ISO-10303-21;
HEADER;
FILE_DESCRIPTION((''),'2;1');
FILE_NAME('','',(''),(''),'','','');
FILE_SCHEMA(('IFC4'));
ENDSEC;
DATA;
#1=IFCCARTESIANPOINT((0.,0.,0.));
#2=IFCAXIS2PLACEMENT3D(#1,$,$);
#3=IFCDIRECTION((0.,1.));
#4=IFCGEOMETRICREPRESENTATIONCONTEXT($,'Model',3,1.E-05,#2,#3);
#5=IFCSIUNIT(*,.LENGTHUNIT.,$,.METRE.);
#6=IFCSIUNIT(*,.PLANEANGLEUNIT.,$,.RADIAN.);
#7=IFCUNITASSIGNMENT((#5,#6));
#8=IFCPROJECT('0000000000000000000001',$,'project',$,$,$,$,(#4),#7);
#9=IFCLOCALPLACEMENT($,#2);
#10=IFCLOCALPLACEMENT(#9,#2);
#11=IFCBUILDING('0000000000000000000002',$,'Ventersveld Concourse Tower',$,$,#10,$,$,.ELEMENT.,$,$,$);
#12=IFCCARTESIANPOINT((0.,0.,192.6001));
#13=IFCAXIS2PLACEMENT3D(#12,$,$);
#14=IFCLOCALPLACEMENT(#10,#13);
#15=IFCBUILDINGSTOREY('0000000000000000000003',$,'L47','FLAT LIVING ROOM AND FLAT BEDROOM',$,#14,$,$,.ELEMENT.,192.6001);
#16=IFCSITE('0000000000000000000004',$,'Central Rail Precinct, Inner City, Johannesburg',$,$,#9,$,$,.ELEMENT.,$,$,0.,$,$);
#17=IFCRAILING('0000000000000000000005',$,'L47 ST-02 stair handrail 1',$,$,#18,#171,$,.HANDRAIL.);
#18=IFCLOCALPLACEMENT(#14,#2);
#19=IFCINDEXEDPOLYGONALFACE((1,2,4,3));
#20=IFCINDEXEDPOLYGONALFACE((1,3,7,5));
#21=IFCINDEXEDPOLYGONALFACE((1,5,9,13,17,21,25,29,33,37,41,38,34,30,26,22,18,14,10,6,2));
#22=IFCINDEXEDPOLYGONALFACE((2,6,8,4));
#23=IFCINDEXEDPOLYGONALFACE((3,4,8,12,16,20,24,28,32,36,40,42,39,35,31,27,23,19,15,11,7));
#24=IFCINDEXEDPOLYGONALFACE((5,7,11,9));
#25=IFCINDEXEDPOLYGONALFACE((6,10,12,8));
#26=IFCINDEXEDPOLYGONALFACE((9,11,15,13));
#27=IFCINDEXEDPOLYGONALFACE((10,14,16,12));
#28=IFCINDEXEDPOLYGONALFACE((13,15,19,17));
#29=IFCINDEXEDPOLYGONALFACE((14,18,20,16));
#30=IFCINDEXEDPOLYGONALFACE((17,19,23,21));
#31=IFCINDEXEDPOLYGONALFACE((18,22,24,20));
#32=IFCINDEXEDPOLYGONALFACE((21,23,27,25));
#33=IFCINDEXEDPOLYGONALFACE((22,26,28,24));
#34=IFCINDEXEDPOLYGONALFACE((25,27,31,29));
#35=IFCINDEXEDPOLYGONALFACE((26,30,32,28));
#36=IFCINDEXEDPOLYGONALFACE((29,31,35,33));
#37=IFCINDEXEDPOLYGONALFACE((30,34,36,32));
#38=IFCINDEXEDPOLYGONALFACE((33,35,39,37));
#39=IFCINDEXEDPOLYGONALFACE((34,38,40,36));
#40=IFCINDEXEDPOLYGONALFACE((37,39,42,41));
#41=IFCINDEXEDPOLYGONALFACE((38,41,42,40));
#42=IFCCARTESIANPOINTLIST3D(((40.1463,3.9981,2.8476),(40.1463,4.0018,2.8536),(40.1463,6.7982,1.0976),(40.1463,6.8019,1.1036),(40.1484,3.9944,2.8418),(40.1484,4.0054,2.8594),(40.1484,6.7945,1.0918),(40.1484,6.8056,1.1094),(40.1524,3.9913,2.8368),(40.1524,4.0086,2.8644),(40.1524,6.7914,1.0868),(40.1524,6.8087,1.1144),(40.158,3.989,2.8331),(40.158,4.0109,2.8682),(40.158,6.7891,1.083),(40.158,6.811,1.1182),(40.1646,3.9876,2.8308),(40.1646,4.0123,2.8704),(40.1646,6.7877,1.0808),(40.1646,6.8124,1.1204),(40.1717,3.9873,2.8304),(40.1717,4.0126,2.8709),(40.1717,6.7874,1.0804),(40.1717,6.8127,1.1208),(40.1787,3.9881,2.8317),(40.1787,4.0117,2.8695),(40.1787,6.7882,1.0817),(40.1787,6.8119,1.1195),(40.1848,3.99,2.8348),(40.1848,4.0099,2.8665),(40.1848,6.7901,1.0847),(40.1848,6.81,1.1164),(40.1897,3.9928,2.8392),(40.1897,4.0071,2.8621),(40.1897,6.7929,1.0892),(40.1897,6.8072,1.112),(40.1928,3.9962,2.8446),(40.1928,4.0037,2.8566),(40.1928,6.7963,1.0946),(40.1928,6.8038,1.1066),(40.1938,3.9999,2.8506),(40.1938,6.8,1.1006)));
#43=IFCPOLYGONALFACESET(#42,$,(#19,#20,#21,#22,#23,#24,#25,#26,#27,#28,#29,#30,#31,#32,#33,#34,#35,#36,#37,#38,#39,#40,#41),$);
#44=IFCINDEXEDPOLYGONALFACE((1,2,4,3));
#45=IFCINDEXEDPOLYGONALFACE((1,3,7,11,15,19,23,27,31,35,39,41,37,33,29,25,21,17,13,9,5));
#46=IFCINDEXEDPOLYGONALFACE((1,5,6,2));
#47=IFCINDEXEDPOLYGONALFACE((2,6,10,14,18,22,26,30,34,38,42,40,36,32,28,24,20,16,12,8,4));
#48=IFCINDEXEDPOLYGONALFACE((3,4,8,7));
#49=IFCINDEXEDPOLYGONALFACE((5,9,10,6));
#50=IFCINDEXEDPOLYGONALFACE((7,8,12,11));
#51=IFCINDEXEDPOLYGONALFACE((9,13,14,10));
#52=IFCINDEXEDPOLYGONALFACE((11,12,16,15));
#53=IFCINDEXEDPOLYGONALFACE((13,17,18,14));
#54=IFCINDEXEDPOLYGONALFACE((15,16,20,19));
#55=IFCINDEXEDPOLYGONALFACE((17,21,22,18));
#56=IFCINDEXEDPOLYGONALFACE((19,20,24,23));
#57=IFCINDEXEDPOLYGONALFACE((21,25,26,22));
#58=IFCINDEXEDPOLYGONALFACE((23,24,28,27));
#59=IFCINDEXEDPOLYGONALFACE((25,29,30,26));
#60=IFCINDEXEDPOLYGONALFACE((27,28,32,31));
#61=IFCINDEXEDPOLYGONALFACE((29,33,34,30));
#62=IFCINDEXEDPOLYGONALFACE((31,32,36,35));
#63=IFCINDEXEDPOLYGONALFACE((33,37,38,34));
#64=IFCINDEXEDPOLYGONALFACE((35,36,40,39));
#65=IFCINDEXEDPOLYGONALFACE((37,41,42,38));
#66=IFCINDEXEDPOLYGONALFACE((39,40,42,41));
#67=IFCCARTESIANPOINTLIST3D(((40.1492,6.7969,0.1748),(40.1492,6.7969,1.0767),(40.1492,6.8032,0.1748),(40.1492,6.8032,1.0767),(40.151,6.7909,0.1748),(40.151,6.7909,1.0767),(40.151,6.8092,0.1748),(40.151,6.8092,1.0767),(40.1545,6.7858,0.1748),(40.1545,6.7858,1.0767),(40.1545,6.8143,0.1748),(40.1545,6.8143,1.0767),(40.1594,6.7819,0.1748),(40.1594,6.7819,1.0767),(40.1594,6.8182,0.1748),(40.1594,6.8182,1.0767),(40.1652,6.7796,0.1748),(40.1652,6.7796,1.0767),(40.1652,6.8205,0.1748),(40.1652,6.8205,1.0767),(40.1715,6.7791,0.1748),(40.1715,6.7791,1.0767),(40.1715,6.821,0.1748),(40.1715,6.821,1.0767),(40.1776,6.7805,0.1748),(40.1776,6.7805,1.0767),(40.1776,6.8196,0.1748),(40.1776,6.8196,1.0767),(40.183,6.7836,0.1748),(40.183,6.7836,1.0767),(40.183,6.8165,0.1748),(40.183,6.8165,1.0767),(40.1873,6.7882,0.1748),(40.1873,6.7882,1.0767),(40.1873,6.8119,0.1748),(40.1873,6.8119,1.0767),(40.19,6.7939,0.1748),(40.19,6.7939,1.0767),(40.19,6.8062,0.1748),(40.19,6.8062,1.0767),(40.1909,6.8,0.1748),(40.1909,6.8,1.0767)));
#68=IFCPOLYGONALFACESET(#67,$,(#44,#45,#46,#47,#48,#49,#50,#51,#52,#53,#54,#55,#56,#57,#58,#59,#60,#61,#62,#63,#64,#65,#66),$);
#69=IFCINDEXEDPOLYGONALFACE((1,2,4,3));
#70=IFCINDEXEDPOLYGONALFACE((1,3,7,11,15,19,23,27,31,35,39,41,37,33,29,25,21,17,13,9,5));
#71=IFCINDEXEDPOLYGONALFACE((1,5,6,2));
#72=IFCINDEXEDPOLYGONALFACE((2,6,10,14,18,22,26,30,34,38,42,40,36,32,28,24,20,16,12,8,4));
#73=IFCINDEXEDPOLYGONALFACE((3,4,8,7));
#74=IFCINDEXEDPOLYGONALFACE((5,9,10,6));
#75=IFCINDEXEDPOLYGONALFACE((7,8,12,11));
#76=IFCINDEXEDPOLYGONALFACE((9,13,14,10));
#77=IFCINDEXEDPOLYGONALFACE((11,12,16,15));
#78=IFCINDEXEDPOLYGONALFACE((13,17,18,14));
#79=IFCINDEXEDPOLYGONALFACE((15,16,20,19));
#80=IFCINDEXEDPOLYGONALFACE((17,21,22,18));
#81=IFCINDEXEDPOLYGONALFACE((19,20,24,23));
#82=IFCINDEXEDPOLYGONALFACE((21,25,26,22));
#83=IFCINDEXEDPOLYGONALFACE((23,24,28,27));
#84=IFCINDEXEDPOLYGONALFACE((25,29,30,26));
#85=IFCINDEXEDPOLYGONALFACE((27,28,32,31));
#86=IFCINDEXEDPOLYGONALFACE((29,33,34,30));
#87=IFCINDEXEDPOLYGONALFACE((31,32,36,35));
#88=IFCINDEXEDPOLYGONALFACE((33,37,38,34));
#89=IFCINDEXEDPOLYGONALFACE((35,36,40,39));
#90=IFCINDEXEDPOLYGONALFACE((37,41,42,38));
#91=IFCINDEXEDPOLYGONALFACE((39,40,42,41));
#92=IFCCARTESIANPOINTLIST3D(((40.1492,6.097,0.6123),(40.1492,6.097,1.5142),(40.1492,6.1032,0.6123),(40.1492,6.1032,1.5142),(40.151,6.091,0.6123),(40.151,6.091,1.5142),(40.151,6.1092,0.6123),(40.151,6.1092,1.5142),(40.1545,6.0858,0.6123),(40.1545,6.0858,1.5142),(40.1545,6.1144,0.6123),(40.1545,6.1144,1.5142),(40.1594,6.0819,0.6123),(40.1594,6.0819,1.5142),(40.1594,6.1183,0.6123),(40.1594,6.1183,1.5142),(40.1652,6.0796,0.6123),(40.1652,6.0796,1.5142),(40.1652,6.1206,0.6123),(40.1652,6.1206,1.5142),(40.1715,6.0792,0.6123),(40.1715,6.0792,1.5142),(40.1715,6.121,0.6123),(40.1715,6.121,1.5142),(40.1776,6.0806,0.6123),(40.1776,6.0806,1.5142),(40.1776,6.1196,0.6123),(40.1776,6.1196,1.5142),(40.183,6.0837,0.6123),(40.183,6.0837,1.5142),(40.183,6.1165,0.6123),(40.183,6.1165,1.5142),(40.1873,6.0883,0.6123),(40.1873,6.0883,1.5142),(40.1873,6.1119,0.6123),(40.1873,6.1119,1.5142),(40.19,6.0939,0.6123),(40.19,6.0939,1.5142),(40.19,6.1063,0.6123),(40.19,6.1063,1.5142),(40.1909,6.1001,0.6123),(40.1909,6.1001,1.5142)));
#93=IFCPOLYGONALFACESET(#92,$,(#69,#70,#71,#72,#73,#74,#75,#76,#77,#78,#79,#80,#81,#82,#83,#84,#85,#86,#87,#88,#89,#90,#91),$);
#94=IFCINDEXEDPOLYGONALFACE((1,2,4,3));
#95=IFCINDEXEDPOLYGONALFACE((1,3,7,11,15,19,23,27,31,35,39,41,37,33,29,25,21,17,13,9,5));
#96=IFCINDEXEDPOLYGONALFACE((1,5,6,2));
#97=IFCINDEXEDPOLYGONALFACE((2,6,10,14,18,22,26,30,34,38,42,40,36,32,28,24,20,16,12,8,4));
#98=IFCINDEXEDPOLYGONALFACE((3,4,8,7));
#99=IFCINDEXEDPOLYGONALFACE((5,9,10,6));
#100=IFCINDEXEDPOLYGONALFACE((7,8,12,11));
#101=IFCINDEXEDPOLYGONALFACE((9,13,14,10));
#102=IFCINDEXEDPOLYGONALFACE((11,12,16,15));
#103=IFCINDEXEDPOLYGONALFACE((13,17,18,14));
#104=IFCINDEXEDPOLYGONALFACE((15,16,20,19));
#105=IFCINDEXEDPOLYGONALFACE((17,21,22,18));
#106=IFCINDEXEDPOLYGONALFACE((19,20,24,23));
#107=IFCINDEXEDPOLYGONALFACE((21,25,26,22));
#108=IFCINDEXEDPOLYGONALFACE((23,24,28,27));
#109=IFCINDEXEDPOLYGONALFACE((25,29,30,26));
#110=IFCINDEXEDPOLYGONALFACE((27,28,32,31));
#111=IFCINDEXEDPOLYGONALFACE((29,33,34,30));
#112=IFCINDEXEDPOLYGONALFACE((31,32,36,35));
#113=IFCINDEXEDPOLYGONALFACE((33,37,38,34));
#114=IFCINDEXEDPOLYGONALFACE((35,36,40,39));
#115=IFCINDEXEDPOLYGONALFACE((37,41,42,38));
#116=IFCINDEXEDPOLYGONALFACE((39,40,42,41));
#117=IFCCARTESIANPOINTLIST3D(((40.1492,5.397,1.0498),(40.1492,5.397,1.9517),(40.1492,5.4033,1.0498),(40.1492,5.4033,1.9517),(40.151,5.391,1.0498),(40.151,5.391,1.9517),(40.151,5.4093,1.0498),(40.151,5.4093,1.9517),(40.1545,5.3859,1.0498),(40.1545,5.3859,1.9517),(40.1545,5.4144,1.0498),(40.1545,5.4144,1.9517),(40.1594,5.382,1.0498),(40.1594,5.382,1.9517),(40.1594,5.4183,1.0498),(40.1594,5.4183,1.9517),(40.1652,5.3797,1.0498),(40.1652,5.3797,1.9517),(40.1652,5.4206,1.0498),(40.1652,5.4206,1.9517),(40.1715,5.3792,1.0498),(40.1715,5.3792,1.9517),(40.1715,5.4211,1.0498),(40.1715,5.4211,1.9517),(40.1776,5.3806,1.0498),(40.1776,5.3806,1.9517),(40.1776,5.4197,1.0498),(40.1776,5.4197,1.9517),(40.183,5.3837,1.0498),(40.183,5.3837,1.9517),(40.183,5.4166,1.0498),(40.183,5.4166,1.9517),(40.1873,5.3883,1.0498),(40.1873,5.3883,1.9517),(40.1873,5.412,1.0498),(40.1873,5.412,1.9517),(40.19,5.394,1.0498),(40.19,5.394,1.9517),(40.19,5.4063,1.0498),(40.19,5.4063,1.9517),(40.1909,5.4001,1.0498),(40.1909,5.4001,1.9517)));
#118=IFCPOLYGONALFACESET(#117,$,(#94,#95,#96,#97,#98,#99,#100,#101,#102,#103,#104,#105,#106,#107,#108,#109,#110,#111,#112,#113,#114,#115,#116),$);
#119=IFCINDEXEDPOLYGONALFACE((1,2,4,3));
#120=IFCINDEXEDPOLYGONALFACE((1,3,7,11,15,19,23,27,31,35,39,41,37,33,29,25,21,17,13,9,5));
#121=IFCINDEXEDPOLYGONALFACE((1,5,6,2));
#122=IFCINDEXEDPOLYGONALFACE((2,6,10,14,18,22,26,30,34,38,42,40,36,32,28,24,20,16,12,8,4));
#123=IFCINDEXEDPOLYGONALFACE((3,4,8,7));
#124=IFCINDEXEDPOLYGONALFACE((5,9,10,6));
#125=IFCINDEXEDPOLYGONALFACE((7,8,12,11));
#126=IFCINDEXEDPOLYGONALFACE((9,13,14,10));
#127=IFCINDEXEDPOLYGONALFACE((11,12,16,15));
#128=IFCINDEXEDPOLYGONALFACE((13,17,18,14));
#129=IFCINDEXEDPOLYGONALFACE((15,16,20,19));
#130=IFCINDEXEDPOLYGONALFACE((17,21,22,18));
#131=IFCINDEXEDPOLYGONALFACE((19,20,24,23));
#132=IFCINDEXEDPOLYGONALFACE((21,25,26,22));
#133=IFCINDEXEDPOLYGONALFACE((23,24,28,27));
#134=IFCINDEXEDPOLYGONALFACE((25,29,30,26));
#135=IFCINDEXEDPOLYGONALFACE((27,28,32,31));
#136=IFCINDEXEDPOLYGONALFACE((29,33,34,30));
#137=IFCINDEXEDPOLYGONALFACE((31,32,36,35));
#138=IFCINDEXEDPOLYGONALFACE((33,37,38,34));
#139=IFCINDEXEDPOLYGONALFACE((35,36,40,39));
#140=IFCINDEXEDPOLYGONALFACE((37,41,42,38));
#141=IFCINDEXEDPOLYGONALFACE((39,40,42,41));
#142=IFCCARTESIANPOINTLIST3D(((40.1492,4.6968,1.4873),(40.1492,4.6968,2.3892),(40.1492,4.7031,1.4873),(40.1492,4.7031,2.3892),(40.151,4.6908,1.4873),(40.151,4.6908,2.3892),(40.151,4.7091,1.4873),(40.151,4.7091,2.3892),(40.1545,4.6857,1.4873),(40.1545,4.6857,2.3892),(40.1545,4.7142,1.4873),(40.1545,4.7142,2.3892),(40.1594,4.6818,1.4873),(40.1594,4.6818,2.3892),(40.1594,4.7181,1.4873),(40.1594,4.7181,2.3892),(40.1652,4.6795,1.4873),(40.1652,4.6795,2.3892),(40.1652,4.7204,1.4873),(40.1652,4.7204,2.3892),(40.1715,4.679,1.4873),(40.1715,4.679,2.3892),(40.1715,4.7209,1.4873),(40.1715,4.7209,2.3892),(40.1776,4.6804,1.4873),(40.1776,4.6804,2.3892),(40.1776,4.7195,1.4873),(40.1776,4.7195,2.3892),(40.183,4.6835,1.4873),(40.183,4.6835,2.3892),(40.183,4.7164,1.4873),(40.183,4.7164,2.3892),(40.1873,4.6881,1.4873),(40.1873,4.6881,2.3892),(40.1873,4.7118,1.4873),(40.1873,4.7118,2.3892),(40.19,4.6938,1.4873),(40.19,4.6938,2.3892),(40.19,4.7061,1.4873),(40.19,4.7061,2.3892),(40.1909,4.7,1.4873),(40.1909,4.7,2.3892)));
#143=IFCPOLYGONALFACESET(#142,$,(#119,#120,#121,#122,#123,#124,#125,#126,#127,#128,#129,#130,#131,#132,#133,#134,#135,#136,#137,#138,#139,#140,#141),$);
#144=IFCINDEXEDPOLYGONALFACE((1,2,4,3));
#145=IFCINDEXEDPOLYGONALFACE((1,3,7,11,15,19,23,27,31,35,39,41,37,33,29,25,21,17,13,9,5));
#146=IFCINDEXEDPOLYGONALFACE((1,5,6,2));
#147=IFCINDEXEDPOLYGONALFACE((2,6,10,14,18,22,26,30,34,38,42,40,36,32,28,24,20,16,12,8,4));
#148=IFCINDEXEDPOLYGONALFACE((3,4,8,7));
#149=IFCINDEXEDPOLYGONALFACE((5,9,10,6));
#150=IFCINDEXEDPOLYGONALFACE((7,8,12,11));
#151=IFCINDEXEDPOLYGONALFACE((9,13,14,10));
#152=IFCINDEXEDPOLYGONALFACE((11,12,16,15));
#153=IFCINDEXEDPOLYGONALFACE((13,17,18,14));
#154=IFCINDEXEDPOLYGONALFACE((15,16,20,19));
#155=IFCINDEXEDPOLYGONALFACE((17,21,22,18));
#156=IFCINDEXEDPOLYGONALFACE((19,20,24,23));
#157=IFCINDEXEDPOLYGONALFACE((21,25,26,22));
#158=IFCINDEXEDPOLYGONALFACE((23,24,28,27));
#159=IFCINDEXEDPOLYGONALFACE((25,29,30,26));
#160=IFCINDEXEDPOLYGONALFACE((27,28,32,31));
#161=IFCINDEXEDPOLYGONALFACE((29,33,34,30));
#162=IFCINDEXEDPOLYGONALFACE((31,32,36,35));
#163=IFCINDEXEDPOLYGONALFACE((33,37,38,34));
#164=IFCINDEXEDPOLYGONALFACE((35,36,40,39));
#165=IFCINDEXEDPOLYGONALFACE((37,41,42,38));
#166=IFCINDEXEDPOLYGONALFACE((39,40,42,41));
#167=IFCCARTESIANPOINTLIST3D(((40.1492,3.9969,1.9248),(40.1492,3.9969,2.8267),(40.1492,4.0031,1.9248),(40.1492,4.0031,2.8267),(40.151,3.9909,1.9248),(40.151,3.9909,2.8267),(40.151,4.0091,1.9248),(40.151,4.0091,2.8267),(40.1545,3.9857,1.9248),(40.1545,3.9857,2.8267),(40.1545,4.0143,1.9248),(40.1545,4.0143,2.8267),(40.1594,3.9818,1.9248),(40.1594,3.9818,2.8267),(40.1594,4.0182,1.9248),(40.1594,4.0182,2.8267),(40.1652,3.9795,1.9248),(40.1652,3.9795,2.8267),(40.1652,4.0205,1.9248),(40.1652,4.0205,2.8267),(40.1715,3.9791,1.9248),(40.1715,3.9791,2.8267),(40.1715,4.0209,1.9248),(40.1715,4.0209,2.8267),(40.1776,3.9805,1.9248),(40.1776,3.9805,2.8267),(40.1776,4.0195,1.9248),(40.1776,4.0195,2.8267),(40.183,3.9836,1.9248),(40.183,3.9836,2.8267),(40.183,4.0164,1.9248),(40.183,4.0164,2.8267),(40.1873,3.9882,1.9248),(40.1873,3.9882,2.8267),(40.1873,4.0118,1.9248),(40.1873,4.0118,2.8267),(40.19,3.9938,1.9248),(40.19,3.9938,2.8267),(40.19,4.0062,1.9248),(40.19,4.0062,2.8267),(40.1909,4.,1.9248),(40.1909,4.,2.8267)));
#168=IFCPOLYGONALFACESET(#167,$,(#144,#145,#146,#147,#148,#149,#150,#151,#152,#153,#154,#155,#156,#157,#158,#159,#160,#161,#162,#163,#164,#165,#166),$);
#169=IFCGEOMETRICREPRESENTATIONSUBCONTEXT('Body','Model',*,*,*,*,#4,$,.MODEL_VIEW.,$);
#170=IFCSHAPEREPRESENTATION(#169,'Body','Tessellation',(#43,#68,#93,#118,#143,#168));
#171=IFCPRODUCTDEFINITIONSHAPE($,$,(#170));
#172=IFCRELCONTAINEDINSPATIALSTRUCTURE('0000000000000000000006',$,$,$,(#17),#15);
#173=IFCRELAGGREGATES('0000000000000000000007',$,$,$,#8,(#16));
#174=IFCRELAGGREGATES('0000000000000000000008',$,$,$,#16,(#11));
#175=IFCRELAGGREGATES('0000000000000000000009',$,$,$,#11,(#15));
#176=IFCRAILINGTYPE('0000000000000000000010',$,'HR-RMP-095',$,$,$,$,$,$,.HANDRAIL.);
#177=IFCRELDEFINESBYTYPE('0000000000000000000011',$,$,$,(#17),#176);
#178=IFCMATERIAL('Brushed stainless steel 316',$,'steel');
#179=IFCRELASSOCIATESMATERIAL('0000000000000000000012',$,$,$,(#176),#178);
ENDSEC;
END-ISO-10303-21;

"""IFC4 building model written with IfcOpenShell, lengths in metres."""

from ifc_helpers import new_model, si_unit, direction, frame, origin, origin_2d, place, context, subcontext, project, spatial, circle, extrude, material, type_object, element, save


model = new_model("IFC4")

# Units and contexts
model_context = context("Model", 3, precision=1e-05, world=origin(), true_north=direction((0.0, 1.0)))
body_context = subcontext(model_context, "Body", "Model", "MODEL_VIEW")
ifc_project = project(units=[si_unit("LENGTHUNIT", "METRE"), si_unit("PLANEANGLEUNIT", "RADIAN")], contexts=[model_context])

# Site, building, storey
site_placement = place(None, origin())
site = spatial("IfcSite", under=ifc_project, at=site_placement, Name="Central Rail Precinct, Inner City, Johannesburg", CompositionType="ELEMENT", RefElevation=0.0)
building_placement = place(site_placement, origin())
building = spatial("IfcBuilding", under=site, at=building_placement, Name="Ventersveld Concourse Tower", CompositionType="ELEMENT")
storey_placement = place(building_placement, frame((0.0, 0.0, 192.6001)))
storey = spatial("IfcBuildingStorey", under=building, at=storey_placement, Name="L47", Description="FLAT LIVING ROOM AND FLAT BEDROOM", CompositionType="ELEMENT", Elevation=192.6001)

# Railing
ifc_material_1 = material(Name="Brushed stainless steel 316", Category="steel")
railing_type_1 = type_object("IfcRailingType", Name="HR-RMP-095", PredefinedType="HANDRAIL", material=ifc_material_1)
railing_1_placement = place(storey_placement, frame((40.1699, 6.8, 0.1748)))
element("IfcRailing", 1, at=railing_1_placement, inside=storey, type_object=railing_type_1, Name="L47 ST-02 stair handrail 1", PredefinedType="HANDRAIL", context=body_context, shape_type="SweptSolid", body=[
    extrude(circle(Radius=0.0239, at=origin_2d()), frame((0.0, 0.0, 0.9258), z_axis=(0.0, -0.848002, 0.529992), x_axis=(1.0, 0.0, 0.0)), (0.0, 0.0, 1.0), 3.302),
    extrude(circle(Radius=0.021, at=origin_2d()), origin(), (0.0, 0.0, 1.0), 0.9019),
    extrude(circle(Radius=0.021, at=origin_2d()), frame((0.0, -0.7, 0.4375)), (0.0, 0.0, 1.0), 0.9019),
    extrude(circle(Radius=0.021, at=origin_2d()), frame((0.0, -1.3999, 0.875)), (0.0, 0.0, 1.0), 0.9019),
    extrude(circle(Radius=0.021, at=origin_2d()), frame((0.0, -2.1001, 1.3125)), (0.0, 0.0, 1.0), 0.9019),
    extrude(circle(Radius=0.021, at=origin_2d()), frame((0.0, -2.8, 1.75)), (0.0, 0.0, 1.0), 0.9019),
])

save(model, "model.ifc")
